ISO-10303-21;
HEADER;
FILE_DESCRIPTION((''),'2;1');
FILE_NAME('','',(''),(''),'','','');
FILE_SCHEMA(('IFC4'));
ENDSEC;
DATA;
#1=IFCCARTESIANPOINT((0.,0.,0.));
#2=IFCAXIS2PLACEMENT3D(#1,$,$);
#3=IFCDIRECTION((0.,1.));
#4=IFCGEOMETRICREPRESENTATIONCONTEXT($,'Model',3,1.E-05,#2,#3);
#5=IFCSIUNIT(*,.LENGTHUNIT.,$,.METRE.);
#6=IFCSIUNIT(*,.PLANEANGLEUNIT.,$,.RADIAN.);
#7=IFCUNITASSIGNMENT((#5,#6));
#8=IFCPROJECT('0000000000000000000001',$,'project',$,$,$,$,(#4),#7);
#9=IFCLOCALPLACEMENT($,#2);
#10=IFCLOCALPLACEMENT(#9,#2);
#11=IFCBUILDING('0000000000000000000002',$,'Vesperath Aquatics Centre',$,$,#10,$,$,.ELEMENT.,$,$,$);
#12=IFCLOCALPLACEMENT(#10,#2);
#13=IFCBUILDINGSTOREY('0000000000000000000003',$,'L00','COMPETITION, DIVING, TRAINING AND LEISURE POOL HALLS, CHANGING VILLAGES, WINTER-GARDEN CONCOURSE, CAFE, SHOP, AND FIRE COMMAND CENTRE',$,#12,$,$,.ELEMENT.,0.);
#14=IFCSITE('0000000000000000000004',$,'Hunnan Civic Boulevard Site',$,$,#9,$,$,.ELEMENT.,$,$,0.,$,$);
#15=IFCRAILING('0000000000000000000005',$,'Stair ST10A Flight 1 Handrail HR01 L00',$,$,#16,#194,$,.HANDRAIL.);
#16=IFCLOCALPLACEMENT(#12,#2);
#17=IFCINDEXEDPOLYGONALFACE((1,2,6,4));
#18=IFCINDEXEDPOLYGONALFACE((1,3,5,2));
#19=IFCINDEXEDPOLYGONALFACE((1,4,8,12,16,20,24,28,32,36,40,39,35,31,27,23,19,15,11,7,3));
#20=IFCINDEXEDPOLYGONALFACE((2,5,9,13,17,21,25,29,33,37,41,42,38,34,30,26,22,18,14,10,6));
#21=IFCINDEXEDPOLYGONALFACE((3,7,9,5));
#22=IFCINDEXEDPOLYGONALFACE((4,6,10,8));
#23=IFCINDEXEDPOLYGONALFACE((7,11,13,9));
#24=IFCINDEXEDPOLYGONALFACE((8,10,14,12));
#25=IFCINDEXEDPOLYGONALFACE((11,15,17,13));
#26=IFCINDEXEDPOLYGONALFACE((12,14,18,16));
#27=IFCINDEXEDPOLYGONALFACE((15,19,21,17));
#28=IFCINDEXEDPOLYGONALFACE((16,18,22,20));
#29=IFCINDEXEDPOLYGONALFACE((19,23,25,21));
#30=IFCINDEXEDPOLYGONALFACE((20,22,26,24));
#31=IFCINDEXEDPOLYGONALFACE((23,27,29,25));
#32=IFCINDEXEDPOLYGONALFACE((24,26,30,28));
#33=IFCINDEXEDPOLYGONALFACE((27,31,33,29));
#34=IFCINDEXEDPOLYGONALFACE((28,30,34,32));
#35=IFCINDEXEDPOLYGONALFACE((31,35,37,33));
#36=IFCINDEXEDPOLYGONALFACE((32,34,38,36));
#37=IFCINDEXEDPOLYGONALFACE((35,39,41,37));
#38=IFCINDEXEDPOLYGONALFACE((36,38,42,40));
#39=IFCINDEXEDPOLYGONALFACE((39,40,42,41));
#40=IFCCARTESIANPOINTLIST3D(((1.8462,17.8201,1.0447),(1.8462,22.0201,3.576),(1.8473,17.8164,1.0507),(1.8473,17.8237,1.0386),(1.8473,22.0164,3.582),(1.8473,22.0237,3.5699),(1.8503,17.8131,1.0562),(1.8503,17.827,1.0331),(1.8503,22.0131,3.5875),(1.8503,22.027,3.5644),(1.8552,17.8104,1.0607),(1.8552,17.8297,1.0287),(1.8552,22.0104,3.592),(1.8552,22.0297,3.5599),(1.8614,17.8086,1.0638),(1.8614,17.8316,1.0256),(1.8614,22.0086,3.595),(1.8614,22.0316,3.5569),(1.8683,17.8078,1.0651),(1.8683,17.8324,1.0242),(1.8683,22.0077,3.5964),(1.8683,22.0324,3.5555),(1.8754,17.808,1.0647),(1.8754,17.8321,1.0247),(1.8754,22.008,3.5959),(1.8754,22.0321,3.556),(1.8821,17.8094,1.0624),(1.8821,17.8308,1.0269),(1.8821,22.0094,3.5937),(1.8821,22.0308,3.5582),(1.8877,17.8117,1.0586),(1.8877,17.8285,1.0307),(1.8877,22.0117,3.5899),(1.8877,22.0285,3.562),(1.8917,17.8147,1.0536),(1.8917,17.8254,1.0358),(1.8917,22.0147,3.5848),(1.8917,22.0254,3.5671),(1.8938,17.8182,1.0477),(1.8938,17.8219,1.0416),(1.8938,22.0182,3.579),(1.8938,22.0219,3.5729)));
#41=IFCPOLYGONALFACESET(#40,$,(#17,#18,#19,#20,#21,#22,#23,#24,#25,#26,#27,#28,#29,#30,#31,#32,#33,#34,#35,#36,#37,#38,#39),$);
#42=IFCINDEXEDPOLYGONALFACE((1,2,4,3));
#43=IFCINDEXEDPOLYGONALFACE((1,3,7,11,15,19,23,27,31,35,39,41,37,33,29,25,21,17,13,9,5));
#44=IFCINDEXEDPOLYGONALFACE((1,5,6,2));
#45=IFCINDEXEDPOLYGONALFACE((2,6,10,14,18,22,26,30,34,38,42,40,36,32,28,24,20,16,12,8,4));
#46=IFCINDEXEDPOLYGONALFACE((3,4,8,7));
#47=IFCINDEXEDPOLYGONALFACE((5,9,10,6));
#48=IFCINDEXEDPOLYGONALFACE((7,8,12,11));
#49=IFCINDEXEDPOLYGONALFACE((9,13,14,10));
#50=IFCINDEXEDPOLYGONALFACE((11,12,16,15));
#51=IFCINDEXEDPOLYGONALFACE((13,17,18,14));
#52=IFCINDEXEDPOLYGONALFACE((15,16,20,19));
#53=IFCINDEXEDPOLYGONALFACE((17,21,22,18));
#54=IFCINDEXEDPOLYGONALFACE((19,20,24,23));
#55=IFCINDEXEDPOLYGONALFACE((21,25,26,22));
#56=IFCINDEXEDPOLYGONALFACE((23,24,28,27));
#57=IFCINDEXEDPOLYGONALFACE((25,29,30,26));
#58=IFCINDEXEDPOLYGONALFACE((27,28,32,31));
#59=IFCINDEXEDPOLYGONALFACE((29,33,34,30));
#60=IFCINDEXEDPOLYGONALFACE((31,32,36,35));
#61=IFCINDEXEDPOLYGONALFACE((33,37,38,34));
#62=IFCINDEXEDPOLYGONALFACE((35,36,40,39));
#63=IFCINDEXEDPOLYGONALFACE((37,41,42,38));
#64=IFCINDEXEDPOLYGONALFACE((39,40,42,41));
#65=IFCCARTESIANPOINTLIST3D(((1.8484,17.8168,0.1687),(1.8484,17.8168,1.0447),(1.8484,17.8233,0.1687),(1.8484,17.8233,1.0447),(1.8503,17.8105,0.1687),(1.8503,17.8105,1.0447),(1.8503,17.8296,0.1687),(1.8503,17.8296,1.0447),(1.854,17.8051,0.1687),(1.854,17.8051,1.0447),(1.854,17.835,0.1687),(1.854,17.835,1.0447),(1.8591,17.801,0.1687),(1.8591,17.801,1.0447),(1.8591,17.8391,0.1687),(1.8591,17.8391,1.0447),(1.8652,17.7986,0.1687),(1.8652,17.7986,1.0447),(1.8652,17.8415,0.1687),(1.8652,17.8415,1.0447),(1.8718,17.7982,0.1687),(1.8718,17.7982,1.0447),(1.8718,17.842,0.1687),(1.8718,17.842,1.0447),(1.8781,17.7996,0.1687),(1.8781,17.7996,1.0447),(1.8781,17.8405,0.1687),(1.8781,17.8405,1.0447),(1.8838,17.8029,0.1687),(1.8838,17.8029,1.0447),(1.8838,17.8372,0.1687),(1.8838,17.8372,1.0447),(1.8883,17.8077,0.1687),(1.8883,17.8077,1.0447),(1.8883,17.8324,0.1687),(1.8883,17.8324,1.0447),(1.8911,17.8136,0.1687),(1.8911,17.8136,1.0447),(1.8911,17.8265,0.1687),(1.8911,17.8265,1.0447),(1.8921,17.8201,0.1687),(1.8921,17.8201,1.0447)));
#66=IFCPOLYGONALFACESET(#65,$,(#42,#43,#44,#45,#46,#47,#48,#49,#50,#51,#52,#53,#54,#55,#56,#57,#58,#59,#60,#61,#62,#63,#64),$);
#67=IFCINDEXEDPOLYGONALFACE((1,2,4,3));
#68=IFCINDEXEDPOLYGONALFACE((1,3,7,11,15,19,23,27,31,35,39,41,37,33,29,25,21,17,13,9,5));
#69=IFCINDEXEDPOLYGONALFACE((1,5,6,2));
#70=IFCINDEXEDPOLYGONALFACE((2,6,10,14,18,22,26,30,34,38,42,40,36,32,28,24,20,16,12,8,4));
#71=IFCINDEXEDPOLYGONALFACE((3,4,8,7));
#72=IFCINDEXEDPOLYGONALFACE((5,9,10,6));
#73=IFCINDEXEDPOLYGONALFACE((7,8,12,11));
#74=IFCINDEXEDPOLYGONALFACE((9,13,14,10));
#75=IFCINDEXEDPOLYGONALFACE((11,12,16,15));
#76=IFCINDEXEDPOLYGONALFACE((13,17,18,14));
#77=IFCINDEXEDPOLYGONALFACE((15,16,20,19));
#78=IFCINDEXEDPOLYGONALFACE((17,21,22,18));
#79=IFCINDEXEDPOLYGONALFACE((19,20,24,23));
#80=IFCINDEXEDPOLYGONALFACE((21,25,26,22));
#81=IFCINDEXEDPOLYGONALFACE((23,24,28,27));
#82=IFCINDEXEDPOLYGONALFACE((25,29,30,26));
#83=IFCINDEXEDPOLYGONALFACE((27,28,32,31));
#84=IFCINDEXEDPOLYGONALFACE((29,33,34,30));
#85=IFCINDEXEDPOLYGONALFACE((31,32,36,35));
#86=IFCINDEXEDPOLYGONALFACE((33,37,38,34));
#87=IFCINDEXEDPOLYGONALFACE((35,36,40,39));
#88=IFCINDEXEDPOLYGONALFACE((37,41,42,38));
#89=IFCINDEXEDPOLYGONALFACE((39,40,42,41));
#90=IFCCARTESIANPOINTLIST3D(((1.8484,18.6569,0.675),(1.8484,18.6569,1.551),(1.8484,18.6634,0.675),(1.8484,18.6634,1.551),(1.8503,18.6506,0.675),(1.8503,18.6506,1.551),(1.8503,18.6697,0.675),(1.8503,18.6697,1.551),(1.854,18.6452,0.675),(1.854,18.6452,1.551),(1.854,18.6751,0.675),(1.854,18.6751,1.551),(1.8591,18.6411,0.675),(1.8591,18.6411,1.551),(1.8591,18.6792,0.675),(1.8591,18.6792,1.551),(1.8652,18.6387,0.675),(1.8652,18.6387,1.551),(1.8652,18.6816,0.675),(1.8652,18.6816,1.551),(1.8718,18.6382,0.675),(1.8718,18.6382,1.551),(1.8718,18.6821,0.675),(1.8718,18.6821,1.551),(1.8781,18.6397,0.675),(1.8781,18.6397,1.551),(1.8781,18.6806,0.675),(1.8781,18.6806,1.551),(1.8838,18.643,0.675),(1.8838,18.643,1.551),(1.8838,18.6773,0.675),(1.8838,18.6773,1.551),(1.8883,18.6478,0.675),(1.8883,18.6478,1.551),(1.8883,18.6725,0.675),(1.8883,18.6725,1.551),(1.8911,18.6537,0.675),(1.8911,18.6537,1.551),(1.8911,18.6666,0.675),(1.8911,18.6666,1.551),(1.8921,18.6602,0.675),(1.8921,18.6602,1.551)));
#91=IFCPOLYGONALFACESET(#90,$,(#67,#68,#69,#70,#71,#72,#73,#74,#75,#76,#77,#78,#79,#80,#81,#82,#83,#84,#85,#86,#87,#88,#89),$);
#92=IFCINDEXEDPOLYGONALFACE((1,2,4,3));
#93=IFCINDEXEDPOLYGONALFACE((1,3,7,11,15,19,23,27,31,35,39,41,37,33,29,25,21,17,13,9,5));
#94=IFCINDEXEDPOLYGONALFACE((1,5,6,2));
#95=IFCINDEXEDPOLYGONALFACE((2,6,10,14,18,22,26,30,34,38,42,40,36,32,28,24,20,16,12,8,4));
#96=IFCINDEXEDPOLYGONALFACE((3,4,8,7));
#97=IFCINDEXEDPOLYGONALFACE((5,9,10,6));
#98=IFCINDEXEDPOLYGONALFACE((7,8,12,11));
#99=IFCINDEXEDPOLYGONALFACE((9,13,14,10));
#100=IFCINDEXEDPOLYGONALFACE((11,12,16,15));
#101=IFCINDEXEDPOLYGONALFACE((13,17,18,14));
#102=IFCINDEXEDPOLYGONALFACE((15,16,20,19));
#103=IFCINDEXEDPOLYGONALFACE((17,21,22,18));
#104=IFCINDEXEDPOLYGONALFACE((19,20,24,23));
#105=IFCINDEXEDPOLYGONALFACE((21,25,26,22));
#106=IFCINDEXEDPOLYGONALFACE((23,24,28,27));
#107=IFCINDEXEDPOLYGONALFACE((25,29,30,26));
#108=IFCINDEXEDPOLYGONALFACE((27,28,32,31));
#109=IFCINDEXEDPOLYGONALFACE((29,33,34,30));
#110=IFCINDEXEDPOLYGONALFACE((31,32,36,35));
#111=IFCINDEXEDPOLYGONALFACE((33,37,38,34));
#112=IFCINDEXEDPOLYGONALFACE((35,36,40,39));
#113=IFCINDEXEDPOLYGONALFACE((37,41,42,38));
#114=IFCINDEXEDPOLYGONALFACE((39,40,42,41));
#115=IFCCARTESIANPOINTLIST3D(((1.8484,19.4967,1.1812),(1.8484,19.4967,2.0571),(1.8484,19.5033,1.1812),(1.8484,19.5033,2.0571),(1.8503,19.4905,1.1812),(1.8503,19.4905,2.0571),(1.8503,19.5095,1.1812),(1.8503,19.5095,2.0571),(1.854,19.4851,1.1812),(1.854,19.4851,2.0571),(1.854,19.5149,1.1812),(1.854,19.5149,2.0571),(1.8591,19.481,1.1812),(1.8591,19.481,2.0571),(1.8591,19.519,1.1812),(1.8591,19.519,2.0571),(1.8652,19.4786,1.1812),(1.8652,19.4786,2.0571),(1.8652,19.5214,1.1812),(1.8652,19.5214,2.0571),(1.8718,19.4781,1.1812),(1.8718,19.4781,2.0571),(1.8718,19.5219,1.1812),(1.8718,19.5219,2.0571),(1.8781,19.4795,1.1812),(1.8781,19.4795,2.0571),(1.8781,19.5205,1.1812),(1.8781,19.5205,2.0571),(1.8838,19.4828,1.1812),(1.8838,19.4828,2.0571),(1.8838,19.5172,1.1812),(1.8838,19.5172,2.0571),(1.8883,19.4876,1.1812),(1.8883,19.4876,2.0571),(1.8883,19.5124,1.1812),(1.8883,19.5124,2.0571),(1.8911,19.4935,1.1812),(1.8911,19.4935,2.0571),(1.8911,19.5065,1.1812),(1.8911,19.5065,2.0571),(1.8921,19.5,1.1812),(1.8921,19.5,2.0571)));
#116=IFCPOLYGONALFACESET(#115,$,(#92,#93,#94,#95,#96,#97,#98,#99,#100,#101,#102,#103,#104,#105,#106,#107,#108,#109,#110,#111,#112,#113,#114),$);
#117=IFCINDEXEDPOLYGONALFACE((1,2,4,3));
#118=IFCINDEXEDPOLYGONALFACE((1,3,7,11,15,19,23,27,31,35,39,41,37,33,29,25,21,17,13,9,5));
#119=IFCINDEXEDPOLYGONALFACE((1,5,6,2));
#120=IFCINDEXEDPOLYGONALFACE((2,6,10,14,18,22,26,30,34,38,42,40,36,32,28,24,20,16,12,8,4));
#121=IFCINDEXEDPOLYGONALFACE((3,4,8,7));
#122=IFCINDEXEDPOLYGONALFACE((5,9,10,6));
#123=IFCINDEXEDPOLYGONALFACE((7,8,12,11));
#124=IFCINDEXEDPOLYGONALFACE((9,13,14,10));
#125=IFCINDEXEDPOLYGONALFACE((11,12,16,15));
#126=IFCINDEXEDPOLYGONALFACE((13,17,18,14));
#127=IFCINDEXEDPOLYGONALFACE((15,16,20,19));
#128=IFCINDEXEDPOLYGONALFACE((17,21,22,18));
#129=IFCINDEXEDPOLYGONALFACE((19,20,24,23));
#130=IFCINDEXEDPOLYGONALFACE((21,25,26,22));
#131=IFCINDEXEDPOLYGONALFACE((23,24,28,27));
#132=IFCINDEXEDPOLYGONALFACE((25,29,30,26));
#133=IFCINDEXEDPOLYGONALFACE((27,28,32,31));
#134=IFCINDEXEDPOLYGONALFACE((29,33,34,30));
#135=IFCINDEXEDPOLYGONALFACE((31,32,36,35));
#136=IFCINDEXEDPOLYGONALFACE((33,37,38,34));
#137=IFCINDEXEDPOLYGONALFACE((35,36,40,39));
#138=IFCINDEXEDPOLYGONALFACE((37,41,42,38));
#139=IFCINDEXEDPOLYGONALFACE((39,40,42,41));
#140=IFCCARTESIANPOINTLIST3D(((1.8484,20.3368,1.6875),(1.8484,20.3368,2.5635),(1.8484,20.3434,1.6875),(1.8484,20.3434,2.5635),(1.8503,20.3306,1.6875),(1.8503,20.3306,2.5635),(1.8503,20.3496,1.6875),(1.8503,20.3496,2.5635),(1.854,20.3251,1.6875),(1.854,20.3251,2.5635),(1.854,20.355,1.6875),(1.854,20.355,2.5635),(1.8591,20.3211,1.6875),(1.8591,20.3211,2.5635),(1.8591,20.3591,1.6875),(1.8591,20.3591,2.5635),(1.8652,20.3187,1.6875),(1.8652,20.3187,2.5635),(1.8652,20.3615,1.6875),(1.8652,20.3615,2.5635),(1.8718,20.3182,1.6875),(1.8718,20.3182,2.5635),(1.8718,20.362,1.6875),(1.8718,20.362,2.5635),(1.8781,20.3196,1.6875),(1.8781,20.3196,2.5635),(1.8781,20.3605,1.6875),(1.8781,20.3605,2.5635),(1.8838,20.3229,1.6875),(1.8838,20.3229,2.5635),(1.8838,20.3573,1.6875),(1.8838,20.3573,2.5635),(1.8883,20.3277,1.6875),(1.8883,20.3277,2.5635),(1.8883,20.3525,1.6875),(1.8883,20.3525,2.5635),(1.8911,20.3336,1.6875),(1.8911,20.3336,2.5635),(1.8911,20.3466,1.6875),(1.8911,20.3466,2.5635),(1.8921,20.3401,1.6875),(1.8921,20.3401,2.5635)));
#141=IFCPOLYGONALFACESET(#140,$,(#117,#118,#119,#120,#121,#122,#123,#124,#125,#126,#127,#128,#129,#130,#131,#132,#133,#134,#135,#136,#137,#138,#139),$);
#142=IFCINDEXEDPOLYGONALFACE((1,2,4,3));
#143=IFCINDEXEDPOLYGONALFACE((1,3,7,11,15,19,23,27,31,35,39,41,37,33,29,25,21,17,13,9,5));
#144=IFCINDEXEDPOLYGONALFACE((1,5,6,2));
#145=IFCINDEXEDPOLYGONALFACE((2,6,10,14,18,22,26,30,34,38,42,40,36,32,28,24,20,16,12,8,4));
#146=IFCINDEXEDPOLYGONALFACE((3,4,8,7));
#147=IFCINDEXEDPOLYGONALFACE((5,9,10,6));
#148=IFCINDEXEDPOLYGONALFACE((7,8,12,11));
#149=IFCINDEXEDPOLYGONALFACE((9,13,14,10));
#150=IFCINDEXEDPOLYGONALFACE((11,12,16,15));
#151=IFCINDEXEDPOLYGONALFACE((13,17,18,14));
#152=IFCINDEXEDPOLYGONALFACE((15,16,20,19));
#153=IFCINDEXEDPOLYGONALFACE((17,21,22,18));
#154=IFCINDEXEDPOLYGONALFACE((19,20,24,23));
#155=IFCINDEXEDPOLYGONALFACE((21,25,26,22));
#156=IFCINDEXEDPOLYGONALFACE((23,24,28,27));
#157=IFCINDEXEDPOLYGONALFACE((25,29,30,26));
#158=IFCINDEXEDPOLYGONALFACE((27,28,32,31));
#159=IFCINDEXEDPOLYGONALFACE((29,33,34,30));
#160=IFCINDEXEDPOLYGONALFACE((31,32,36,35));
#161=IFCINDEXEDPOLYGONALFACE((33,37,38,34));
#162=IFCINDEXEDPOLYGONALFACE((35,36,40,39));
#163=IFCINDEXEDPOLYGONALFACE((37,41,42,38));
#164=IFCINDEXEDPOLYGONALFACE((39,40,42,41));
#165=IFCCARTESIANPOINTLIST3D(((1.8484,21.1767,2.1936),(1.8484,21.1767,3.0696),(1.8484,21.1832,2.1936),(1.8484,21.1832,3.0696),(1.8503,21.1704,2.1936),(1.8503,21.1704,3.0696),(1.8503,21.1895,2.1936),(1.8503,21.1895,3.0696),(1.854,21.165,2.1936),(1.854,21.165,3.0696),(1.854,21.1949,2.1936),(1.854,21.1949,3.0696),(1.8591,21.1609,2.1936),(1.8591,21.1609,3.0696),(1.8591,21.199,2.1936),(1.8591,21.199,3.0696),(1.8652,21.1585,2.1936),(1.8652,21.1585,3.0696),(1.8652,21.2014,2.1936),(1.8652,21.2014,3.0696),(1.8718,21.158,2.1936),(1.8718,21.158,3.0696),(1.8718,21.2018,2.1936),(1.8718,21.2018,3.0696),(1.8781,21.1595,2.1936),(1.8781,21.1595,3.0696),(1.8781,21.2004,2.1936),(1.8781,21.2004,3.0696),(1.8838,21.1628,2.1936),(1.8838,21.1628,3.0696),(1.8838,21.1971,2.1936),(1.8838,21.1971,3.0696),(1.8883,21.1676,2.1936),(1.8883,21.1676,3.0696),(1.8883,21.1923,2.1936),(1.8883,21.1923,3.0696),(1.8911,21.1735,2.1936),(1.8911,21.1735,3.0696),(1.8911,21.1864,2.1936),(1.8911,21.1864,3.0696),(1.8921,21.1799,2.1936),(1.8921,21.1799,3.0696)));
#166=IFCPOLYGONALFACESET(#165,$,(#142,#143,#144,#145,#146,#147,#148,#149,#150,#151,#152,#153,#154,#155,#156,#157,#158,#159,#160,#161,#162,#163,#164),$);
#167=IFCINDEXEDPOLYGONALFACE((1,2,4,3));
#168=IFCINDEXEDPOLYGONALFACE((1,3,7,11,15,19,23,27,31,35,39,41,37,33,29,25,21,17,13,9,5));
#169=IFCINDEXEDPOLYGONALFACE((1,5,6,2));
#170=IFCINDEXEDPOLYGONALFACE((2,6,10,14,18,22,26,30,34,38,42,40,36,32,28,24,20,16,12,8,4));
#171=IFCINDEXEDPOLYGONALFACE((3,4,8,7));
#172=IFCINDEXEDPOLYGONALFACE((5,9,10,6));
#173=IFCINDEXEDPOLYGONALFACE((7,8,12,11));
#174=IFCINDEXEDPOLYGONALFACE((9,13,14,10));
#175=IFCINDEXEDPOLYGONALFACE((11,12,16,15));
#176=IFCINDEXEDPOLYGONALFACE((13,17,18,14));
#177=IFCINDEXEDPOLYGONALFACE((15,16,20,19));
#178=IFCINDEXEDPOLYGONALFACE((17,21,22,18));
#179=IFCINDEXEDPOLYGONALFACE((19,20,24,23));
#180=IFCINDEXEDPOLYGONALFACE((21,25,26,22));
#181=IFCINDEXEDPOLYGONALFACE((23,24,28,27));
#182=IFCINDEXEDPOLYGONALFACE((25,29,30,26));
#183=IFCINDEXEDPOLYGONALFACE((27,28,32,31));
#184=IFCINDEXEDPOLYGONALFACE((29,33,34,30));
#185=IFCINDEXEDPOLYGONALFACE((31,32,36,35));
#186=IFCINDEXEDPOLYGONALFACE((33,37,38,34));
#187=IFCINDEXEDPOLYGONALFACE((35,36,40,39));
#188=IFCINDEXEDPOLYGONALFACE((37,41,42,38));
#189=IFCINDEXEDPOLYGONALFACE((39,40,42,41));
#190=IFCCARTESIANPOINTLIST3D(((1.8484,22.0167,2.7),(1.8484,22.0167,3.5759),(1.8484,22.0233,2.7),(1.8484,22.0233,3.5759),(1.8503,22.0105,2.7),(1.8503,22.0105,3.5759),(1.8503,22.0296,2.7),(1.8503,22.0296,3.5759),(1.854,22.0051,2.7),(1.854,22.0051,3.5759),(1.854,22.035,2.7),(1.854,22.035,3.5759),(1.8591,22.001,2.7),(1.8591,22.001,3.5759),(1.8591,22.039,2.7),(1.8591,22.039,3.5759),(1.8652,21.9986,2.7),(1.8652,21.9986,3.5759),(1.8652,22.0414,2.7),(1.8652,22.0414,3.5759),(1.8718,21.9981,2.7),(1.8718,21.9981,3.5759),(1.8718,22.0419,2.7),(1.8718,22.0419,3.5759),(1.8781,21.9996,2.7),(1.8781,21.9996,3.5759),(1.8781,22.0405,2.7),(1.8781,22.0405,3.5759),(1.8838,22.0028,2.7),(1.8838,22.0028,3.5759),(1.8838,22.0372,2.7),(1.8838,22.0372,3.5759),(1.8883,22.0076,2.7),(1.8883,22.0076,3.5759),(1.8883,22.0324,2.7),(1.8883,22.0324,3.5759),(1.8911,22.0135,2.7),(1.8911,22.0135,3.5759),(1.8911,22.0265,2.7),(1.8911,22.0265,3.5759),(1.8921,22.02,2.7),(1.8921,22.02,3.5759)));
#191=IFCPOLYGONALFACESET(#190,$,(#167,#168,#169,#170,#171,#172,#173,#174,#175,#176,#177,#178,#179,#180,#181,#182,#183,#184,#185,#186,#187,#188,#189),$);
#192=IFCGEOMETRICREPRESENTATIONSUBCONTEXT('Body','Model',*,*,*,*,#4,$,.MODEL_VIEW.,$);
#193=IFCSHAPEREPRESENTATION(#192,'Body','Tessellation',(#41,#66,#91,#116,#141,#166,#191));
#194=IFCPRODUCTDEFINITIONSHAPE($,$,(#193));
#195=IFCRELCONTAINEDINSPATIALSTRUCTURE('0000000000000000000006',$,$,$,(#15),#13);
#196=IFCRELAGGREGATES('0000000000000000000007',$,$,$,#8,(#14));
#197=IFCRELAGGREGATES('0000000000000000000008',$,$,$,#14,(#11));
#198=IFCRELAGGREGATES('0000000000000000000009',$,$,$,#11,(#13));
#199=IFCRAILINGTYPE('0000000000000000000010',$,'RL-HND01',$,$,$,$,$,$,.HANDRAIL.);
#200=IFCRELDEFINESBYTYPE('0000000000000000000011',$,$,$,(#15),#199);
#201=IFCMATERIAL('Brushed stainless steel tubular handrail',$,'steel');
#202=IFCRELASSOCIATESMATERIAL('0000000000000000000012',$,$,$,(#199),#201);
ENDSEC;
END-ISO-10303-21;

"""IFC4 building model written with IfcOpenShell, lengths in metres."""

from ifc_helpers import new_model, si_unit, direction, frame, origin, origin_2d, place, context, subcontext, project, spatial, circle, extrude, material, type_object, element, save


model = new_model("IFC4")

# Units and contexts
model_context = context("Model", 3, precision=1e-05, world=origin(), true_north=direction((0.0, 1.0)))
body_context = subcontext(model_context, "Body", "Model", "MODEL_VIEW")
ifc_project = project(units=[si_unit("LENGTHUNIT", "METRE"), si_unit("PLANEANGLEUNIT", "RADIAN")], contexts=[model_context])

# Site, building, storey
site_placement = place(None, origin())
site = spatial("IfcSite", under=ifc_project, at=site_placement, Name="Hunnan Civic Boulevard Site", CompositionType="ELEMENT", RefElevation=0.0)
building_placement = place(site_placement, origin())
building = spatial("IfcBuilding", under=site, at=building_placement, Name="Vesperath Aquatics Centre", CompositionType="ELEMENT")
storey_placement = place(building_placement, origin())
storey = spatial("IfcBuildingStorey", under=building, at=storey_placement, Name="L00", Description="COMPETITION, DIVING, TRAINING AND LEISURE POOL HALLS, CHANGING VILLAGES, WINTER-GARDEN CONCOURSE, CAFE, SHOP, AND FIRE COMMAND CENTRE", CompositionType="ELEMENT", Elevation=0.0)

# Railing
ifc_material_1 = material(Name="Brushed stainless steel tubular handrail", Category="steel")
railing_type_1 = type_object("IfcRailingType", Name="RL-HND01", PredefinedType="HANDRAIL", material=ifc_material_1)
railing_1_placement = place(storey_placement, frame((1.8701, 17.8201, 0.1687)))
element("IfcRailing", 1, at=railing_1_placement, inside=storey, type_object=railing_type_1, Name="Stair ST10A Flight 1 Handrail HR01 L00", PredefinedType="HANDRAIL", context=body_context, shape_type="SweptSolid", body=[
    extrude(circle(Radius=0.0239, at=origin_2d()), frame((0.0, 0.0, 0.876), z_axis=(0.0, 0.856476, 0.516186), x_axis=(-1.0, 0.0, 0.0)), (0.0, 0.0, 1.0), 4.9038),
    extrude(circle(Radius=0.022, at=origin_2d()), origin(), (0.0, 0.0, 1.0), 0.876),
    extrude(circle(Radius=0.022, at=origin_2d()), frame((0.0, 0.8401, 0.5063)), (0.0, 0.0, 1.0), 0.876),
    extrude(circle(Radius=0.022, at=origin_2d()), frame((0.0, 1.6799, 1.0125)), (0.0, 0.0, 1.0), 0.876),
    extrude(circle(Radius=0.022, at=origin_2d()), frame((0.0, 2.52, 1.5188)), (0.0, 0.0, 1.0), 0.876),
    extrude(circle(Radius=0.022, at=origin_2d()), frame((0.0, 3.3599, 2.0249)), (0.0, 0.0, 1.0), 0.876),
    extrude(circle(Radius=0.022, at=origin_2d()), frame((0.0, 4.2, 2.5312)), (0.0, 0.0, 1.0), 0.876),
])

save(model, "model.ifc")
